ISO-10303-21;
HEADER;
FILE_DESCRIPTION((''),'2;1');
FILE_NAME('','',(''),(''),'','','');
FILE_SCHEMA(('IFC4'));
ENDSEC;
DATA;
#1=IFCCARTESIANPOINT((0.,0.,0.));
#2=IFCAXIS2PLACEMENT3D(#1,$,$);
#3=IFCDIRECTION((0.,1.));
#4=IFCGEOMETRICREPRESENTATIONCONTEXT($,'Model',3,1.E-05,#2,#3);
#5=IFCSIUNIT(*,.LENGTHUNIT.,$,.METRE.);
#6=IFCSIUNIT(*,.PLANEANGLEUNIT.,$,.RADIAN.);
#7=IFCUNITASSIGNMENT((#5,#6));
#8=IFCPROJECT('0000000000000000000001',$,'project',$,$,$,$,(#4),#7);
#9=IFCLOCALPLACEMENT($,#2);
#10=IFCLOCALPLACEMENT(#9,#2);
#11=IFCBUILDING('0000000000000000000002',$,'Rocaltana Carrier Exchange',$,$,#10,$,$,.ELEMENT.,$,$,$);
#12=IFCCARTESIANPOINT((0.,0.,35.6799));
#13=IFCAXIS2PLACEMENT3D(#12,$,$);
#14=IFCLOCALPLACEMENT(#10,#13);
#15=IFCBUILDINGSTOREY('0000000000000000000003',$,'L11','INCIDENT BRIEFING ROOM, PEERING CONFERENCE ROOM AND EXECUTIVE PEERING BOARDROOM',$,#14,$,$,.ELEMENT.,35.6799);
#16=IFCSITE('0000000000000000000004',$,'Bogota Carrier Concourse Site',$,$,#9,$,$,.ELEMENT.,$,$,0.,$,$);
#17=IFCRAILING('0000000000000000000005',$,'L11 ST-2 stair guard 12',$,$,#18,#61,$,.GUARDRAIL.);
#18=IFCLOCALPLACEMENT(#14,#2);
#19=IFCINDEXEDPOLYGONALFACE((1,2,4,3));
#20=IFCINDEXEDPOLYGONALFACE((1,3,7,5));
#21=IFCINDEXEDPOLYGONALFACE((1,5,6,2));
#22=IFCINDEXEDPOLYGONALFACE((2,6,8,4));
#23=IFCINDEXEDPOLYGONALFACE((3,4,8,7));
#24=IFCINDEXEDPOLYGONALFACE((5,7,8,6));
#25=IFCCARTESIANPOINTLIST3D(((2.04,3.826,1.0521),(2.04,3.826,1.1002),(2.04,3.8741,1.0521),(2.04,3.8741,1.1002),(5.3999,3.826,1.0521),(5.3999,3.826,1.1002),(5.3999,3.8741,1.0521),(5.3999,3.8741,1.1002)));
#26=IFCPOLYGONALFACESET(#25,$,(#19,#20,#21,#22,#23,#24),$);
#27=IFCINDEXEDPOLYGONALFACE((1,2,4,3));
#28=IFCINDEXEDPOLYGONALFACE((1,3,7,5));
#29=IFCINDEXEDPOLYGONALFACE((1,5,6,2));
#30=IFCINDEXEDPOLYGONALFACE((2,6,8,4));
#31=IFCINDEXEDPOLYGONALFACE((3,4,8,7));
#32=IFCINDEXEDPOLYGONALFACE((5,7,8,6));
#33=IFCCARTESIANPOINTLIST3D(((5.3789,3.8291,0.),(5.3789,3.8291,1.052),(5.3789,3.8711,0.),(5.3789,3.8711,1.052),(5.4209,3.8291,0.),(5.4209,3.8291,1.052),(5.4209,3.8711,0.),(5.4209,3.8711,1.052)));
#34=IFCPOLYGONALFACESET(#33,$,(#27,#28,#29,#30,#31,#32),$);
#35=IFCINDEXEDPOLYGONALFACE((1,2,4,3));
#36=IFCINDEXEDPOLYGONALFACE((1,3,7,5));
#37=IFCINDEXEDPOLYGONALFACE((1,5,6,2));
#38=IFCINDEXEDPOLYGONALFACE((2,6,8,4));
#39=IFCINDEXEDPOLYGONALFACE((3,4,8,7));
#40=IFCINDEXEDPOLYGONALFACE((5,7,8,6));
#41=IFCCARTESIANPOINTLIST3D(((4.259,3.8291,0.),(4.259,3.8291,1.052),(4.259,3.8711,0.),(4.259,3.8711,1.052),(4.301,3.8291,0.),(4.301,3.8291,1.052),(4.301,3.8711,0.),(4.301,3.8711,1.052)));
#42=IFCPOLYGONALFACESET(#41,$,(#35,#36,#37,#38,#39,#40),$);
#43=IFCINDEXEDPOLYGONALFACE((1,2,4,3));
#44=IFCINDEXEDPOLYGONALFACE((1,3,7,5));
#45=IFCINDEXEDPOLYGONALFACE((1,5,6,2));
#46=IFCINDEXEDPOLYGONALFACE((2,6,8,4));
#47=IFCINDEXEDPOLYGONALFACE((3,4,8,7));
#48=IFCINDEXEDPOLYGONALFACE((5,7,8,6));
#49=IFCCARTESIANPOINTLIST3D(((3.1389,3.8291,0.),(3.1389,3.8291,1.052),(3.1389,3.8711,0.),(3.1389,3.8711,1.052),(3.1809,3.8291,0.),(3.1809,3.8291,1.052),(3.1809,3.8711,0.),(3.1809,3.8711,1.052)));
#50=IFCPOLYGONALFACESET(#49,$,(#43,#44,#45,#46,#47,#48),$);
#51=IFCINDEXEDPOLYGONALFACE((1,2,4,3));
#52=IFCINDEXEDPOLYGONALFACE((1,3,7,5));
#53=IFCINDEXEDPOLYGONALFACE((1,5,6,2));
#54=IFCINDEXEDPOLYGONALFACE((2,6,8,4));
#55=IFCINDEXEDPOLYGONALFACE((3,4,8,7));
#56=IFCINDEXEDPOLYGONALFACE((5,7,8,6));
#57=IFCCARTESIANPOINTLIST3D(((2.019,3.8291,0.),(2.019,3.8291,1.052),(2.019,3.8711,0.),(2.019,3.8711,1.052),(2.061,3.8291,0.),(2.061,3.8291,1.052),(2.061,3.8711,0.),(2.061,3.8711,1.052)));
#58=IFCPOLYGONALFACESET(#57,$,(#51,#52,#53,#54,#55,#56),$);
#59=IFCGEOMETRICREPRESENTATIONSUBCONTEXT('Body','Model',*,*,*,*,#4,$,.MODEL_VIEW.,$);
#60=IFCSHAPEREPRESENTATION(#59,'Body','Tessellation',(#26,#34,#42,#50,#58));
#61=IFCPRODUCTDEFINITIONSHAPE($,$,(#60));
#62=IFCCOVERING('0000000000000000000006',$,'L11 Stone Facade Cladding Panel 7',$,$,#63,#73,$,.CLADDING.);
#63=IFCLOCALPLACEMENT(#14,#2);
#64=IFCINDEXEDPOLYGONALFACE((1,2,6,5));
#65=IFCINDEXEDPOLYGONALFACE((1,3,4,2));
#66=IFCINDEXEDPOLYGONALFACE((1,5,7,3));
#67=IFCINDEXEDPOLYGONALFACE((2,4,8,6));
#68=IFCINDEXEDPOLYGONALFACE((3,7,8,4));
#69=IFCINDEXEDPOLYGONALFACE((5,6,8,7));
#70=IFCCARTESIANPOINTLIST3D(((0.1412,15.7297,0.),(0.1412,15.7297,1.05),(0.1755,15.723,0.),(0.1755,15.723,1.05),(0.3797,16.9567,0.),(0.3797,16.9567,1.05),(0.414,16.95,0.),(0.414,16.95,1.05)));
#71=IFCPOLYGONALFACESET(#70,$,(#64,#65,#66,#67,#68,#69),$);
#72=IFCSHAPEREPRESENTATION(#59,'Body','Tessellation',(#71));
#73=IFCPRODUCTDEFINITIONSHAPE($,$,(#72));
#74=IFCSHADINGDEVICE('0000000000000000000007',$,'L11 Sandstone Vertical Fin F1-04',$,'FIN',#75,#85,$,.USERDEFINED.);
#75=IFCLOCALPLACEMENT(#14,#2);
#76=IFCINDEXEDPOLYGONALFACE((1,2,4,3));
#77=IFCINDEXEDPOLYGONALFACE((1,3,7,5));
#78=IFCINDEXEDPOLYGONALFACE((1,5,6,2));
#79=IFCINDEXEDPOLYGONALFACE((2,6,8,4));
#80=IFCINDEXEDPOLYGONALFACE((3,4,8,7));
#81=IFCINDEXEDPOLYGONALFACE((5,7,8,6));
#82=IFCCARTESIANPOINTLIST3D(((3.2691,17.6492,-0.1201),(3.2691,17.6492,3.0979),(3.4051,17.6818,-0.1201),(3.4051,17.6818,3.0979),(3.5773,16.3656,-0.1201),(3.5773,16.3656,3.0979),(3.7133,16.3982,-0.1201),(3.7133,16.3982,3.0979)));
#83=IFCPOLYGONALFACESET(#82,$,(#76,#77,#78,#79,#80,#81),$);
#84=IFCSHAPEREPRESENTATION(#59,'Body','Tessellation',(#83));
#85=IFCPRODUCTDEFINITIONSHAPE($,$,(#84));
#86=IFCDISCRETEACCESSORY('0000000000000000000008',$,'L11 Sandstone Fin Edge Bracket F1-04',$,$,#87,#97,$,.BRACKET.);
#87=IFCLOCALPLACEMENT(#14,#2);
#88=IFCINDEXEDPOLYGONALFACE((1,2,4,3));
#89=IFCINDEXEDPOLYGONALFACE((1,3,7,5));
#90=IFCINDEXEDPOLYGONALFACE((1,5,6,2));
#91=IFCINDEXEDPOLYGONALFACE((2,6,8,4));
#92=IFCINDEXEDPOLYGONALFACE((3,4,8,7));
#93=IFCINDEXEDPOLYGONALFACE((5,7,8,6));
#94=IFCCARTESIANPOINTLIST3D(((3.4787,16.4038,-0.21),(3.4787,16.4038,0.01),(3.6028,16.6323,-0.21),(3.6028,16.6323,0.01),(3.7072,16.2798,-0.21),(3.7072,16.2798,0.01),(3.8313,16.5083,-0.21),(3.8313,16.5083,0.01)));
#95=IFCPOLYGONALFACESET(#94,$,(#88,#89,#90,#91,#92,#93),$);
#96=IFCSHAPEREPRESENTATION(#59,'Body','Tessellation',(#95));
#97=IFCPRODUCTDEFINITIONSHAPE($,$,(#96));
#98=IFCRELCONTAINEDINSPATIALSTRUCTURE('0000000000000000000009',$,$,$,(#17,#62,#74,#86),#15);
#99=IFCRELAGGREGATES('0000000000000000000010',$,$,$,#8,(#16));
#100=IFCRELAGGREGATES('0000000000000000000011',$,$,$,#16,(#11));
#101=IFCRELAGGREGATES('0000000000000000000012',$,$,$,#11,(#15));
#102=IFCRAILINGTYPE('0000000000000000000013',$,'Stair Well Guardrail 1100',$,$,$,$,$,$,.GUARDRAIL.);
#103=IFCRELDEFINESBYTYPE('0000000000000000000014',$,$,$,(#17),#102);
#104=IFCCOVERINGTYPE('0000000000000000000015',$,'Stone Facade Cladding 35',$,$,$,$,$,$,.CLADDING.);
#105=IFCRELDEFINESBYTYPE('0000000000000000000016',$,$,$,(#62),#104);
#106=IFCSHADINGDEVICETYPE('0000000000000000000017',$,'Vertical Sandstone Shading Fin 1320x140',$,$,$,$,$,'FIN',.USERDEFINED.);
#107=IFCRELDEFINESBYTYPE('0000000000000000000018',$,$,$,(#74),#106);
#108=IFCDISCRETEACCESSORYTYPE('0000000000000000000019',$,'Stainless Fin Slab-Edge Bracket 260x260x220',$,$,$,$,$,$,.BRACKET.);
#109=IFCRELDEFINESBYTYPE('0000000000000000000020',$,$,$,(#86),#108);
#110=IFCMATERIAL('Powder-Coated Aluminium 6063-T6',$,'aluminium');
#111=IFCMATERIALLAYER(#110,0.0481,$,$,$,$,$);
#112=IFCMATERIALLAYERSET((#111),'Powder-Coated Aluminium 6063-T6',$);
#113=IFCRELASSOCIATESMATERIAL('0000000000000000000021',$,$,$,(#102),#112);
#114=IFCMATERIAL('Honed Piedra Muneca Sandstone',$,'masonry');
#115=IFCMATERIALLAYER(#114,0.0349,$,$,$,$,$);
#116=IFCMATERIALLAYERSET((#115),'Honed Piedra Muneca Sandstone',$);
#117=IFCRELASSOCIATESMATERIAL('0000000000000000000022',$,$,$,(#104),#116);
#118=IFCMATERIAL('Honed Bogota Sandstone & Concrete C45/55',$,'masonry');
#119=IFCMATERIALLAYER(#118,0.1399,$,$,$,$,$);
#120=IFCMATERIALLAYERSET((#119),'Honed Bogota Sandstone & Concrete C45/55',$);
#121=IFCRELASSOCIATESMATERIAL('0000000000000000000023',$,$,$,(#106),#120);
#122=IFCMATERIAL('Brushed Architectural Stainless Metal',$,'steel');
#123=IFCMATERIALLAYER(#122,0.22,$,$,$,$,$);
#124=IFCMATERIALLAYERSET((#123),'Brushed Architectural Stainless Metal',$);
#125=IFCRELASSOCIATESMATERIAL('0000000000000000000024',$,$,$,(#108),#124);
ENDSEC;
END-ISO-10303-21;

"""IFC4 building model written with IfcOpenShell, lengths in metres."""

from ifc_helpers import new_model, si_unit, direction, frame, origin, origin_2d, place, context, subcontext, project, spatial, rectangle, extrude, material, layer, layer_set, type_object, element, save


model = new_model("IFC4")

# Units and contexts
model_context = context("Model", 3, precision=1e-05, world=origin(), true_north=direction((0.0, 1.0)))
body_context = subcontext(model_context, "Body", "Model", "MODEL_VIEW")
ifc_project = project(units=[si_unit("LENGTHUNIT", "METRE"), si_unit("PLANEANGLEUNIT", "RADIAN")], contexts=[model_context])

# Site, building, storey
site_placement = place(None, origin())
site = spatial("IfcSite", under=ifc_project, at=site_placement, Name="Bogota Carrier Concourse Site", CompositionType="ELEMENT", RefElevation=0.0)
building_placement = place(site_placement, origin())
building = spatial("IfcBuilding", under=site, at=building_placement, Name="Rocaltana Carrier Exchange", CompositionType="ELEMENT")
storey_placement = place(building_placement, frame((0.0, 0.0, 35.6799)))
storey = spatial("IfcBuildingStorey", under=building, at=storey_placement, Name="L11", Description="INCIDENT BRIEFING ROOM, PEERING CONFERENCE ROOM AND EXECUTIVE PEERING BOARDROOM", CompositionType="ELEMENT", Elevation=35.6799)

# Railing
ifc_material_1 = material(Name="Powder-Coated Aluminium 6063-T6", Category="aluminium")
ifc_layer_1 = layer(ifc_material_1, 0.0481)
ifc_layer_set_1 = layer_set([ifc_layer_1], Name="Powder-Coated Aluminium 6063-T6")
railing_type = type_object("IfcRailingType", Name="Stair Well Guardrail 1100", PredefinedType="GUARDRAIL", material=ifc_layer_set_1)
railing_placement = place(storey_placement, frame((5.3999, 3.8501, 0.0)))
element("IfcRailing", 1, at=railing_placement, inside=storey, type_object=railing_type, Name="L11 ST-2 stair guard 12", PredefinedType="GUARDRAIL", context=body_context, shape_type="SweptSolid", body=[
    extrude(rectangle(XDim=0.0481, YDim=0.0481, at=origin_2d()), frame((0.0, 0.0, 1.0762), z_axis=(-1.0, 0.0, 0.0), x_axis=(0.0, -1.0, 0.0)), (0.0, 0.0, 1.0), 3.3599),
    extrude(rectangle(XDim=0.042, YDim=0.042, at=origin_2d()), origin(), (0.0, 0.0, 1.0), 1.052),
    extrude(rectangle(XDim=0.042, YDim=0.042, at=origin_2d()), frame((-1.1199, 0.0, 0.0)), (0.0, 0.0, 1.0), 1.052),
    extrude(rectangle(XDim=0.042, YDim=0.042, at=origin_2d()), frame((-2.24, 0.0, 0.0)), (0.0, 0.0, 1.0), 1.052),
    extrude(rectangle(XDim=0.042, YDim=0.042, at=origin_2d()), frame((-3.3599, 0.0, 0.0)), (0.0, 0.0, 1.0), 1.052),
])

# Covering
ifc_material_2 = material(Name="Honed Piedra Muneca Sandstone", Category="masonry")
ifc_layer_2 = layer(ifc_material_2, 0.0349)
ifc_layer_set_2 = layer_set([ifc_layer_2], Name="Honed Piedra Muneca Sandstone")
covering_type = type_object("IfcCoveringType", Name="Stone Facade Cladding 35", PredefinedType="CLADDING", material=ifc_layer_set_2)
covering_placement = place(storey_placement, frame((0.2776, 16.3398, 0.0), z_axis=(0.0, 0.0, 1.0), x_axis=(0.190809, 0.981627, 0.0)))
element("IfcCovering", 2, at=covering_placement, inside=storey, type_object=covering_type, Name="L11 Stone Facade Cladding Panel 7", PredefinedType="CLADDING", context=body_context, shape_type="SweptSolid", body=[
    extrude(rectangle(XDim=1.25, YDim=0.0349, at=origin_2d()), origin(), (0.0, 0.0, 1.0), 1.05),
])

# Shading device
ifc_material_3 = material(Name="Honed Bogota Sandstone & Concrete C45/55", Category="masonry")
ifc_layer_3 = layer(ifc_material_3, 0.1399)
ifc_layer_set_3 = layer_set([ifc_layer_3], Name="Honed Bogota Sandstone & Concrete C45/55")
shading_device_type = type_object("IfcShadingDeviceType", Name="Vertical Sandstone Shading Fin 1320x140", ElementType="FIN", PredefinedType="USERDEFINED", material=ifc_layer_set_3)
shading_device_placement = place(storey_placement, frame((3.4912, 17.0237, -0.1201), z_axis=(0.0, 0.0, 1.0), x_axis=(-0.233445, 0.97237, 0.0)))
element("IfcShadingDevice", 3, at=shading_device_placement, inside=storey, type_object=shading_device_type, Name="L11 Sandstone Vertical Fin F1-04", ObjectType="FIN", PredefinedType="USERDEFINED", context=body_context, shape_type="SweptSolid", body=[
    extrude(rectangle(XDim=1.3201, YDim=0.1399, at=origin_2d()), origin(), (0.0, 0.0, 1.0), 3.218),
])

# Discrete accessory
ifc_material_4 = material(Name="Brushed Architectural Stainless Metal", Category="steel")
ifc_layer_4 = layer(ifc_material_4, 0.22)
ifc_layer_set_4 = layer_set([ifc_layer_4], Name="Brushed Architectural Stainless Metal")
discrete_accessory_type = type_object("IfcDiscreteAccessoryType", Name="Stainless Fin Slab-Edge Bracket 260x260x220", PredefinedType="BRACKET", material=ifc_layer_set_4)
discrete_accessory_placement = place(storey_placement, frame((3.655, 16.4561, -0.21), z_axis=(0.0, 0.0, 1.0), x_axis=(-0.878817, 0.477159, 0.0)))
element("IfcDiscreteAccessory", 4, at=discrete_accessory_placement, inside=storey, type_object=discrete_accessory_type, Name="L11 Sandstone Fin Edge Bracket F1-04", PredefinedType="BRACKET", context=body_context, shape_type="SweptSolid", body=[
    extrude(rectangle(XDim=0.26, YDim=0.26, at=origin_2d()), origin(), (0.0, 0.0, 1.0), 0.22),
])

save(model, "model.ifc")
